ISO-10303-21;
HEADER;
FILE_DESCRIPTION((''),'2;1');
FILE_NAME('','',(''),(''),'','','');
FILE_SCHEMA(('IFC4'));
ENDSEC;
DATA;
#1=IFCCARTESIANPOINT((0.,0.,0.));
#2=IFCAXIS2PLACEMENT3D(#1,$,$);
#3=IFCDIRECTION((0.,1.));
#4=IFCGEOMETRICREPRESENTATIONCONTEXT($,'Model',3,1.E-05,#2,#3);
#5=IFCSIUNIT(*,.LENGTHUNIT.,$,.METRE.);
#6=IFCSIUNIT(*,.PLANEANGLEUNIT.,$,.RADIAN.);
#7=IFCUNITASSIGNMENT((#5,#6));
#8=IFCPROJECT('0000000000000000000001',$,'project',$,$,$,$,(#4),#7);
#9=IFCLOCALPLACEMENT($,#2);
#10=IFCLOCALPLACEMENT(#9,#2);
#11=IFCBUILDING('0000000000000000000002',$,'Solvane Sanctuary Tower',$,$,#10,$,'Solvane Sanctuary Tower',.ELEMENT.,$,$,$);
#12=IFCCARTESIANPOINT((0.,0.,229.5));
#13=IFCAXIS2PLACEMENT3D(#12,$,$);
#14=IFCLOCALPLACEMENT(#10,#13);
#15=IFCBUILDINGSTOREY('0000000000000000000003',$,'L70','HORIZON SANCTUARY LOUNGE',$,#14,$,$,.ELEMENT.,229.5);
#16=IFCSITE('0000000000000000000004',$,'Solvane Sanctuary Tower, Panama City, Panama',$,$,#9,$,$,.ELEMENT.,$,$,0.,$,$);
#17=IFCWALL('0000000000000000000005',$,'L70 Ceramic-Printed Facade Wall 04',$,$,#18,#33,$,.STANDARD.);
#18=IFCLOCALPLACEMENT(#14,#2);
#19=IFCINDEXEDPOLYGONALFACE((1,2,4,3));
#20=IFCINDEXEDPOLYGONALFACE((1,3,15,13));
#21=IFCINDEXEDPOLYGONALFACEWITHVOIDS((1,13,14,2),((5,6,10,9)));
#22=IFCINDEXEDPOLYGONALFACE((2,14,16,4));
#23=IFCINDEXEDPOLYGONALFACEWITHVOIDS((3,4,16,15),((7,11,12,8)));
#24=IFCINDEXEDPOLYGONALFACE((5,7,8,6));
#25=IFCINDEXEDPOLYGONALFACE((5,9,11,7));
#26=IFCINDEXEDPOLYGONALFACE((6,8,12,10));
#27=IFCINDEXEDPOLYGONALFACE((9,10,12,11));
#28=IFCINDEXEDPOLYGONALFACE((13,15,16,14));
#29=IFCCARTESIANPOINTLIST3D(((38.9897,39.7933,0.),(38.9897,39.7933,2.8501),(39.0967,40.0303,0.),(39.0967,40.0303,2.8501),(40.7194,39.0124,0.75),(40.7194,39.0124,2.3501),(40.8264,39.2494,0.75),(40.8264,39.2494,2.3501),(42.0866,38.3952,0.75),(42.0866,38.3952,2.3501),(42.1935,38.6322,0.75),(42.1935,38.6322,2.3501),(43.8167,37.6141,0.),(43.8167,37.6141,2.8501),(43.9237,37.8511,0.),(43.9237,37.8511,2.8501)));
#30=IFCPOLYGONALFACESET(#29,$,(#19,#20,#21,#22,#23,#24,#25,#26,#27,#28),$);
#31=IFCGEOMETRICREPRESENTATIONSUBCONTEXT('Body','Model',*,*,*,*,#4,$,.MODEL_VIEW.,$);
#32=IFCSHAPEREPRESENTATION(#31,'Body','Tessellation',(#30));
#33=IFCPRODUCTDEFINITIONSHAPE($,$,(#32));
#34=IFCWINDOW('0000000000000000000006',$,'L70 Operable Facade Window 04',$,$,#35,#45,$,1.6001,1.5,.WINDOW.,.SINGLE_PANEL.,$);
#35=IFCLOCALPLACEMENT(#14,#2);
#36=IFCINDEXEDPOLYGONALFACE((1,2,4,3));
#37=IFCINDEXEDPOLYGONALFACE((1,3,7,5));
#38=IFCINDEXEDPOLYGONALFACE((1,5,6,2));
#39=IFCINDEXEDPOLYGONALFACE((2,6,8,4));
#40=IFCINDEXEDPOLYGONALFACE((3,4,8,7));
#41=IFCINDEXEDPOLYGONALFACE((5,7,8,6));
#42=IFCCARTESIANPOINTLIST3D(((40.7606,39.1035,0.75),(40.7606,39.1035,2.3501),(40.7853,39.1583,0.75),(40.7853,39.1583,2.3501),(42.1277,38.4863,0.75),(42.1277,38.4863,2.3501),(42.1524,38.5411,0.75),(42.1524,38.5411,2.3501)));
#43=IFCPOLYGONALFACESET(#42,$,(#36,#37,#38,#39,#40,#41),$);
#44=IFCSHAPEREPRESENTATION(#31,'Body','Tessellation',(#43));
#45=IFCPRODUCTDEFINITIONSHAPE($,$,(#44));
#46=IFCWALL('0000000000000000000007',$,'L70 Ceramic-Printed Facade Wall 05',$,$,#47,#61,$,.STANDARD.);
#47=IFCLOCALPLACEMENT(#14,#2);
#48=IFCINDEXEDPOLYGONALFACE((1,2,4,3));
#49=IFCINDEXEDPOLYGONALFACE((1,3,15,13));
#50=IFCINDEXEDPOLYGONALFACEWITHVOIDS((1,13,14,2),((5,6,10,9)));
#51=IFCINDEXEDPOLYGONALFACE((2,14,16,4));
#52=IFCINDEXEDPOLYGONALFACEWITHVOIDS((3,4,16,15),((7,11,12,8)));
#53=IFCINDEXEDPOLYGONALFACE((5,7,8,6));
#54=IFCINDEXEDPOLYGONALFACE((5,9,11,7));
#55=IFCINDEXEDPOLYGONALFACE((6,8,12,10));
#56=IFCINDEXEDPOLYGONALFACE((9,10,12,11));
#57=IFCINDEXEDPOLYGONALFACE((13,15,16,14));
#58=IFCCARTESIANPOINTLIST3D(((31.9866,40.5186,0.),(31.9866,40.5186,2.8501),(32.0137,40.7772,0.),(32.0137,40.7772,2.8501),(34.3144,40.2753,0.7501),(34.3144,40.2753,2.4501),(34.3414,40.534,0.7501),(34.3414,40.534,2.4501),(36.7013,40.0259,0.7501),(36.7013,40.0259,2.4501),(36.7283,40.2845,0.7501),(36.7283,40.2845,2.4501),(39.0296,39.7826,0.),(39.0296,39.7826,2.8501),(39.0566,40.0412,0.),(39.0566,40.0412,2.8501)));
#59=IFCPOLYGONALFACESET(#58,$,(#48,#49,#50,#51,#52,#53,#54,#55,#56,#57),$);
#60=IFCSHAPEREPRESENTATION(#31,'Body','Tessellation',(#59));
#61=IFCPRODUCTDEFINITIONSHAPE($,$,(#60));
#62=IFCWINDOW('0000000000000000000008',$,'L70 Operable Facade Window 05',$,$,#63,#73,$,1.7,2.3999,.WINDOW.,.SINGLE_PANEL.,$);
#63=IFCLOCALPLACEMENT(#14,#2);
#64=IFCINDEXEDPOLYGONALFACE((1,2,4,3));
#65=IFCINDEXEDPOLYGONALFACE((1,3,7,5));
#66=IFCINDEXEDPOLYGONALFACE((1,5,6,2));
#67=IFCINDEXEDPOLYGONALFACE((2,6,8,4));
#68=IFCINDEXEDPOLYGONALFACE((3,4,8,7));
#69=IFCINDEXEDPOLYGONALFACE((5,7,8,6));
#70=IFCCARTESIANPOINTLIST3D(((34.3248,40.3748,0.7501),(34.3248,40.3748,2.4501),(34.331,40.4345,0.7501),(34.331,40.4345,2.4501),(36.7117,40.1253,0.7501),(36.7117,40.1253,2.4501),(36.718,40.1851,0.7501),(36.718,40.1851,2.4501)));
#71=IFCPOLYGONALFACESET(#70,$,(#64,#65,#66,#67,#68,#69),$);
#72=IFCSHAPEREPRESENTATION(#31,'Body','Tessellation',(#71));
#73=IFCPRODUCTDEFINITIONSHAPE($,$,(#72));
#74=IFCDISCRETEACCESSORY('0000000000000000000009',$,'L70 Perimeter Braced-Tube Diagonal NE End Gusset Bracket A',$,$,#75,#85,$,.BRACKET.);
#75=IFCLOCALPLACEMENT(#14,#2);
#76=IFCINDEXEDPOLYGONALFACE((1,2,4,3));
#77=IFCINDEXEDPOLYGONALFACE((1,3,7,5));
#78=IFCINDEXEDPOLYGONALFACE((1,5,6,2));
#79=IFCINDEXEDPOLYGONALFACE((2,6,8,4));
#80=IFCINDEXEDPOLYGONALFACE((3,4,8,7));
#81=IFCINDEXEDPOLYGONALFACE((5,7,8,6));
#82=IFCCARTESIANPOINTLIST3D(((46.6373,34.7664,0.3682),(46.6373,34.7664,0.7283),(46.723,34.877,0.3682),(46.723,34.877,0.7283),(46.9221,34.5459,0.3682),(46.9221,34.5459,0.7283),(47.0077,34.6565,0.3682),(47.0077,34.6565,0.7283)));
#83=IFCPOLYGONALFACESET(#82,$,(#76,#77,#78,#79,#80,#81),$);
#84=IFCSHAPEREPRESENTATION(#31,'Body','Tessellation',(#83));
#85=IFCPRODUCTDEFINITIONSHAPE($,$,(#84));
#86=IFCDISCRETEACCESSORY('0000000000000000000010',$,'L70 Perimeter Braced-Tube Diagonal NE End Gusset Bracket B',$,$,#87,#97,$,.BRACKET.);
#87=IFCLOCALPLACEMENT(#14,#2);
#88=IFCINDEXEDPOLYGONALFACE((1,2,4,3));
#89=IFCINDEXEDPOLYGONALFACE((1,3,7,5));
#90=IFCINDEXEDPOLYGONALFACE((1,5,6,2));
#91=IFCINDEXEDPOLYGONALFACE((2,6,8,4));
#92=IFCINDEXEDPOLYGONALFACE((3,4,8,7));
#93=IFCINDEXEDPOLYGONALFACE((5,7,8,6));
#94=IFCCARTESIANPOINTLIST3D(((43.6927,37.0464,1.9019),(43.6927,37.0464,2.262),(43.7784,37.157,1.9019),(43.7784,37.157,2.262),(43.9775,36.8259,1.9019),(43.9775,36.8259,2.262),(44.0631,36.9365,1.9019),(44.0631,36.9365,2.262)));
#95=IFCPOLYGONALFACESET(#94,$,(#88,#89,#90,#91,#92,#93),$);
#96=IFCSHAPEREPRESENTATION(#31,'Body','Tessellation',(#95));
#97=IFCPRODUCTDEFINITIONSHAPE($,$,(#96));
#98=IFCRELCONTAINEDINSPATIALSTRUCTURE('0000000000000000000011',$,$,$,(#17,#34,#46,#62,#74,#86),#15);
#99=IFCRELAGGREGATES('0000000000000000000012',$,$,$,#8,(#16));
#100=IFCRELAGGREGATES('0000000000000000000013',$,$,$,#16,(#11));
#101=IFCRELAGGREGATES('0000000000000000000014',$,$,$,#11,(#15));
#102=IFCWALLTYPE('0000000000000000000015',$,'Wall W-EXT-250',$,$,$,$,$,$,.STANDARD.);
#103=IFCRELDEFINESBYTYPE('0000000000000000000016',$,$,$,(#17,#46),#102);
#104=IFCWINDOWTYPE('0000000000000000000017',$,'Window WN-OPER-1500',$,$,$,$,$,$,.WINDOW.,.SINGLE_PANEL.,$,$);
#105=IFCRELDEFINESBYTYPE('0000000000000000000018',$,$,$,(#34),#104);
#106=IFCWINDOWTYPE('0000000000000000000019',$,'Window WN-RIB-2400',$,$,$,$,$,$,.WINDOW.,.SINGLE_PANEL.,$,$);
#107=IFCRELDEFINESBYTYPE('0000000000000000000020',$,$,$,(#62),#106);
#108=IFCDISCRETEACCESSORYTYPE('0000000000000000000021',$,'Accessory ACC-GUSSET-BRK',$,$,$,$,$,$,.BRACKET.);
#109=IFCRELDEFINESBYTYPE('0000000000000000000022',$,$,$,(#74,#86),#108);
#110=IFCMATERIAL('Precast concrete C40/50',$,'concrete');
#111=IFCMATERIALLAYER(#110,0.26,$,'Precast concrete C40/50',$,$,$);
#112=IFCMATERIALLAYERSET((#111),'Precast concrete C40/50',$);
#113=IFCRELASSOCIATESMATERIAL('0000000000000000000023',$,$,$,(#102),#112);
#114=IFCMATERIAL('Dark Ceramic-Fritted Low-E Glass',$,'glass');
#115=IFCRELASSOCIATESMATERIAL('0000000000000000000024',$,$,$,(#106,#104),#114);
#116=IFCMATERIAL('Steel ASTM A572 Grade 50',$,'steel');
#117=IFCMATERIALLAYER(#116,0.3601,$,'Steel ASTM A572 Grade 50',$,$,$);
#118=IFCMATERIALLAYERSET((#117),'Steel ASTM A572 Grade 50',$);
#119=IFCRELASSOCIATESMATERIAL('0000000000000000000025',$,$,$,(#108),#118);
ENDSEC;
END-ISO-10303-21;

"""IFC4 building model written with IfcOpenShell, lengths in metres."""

from ifc_helpers import new_model, si_unit, direction, frame, frame_2d, origin, origin_2d, place, context, subcontext, project, spatial, rectangle, extrude, material, layer, layer_set, type_object, element, fill, save


model = new_model("IFC4")

# Units and contexts
model_context = context("Model", 3, precision=1e-05, world=origin(), true_north=direction((0.0, 1.0)))
body_context = subcontext(model_context, "Body", "Model", "MODEL_VIEW")
ifc_project = project(units=[si_unit("LENGTHUNIT", "METRE"), si_unit("PLANEANGLEUNIT", "RADIAN")], contexts=[model_context])

# Site, building, storey
site_placement = place(None, origin())
site = spatial("IfcSite", under=ifc_project, at=site_placement, Name="Solvane Sanctuary Tower, Panama City, Panama", CompositionType="ELEMENT", RefElevation=0.0)
building_placement = place(site_placement, origin())
building = spatial("IfcBuilding", under=site, at=building_placement, Name="Solvane Sanctuary Tower", LongName="Solvane Sanctuary Tower", CompositionType="ELEMENT")
storey_placement = place(building_placement, frame((0.0, 0.0, 229.5)))
storey = spatial("IfcBuildingStorey", under=building, at=storey_placement, Name="L70", Description="HORIZON SANCTUARY LOUNGE", CompositionType="ELEMENT", Elevation=229.5)

# Shared definitions
ifc_material_1 = material(Name="Precast concrete C40/50", Category="concrete")
ifc_layer_1 = layer(ifc_material_1, 0.26, Name="Precast concrete C40/50")
ifc_layer_set_1 = layer_set([ifc_layer_1], Name="Precast concrete C40/50")
wall_type_1 = type_object("IfcWallType", Name="Wall W-EXT-250", PredefinedType="STANDARD", material=ifc_layer_set_1)
ifc_material_2 = material(Name="Dark Ceramic-Fritted Low-E Glass", Category="glass")
window_type_1 = type_object("IfcWindowType", Name="Window WN-RIB-2400", PartitioningType="SINGLE_PANEL", PredefinedType="WINDOW", material=ifc_material_2)

# Walls, openings, windows
wall_1_placement = place(storey_placement, frame((43.8701, 37.7327, 0.0), z_axis=(0.0, 0.0, 1.0), x_axis=(-0.911427, 0.411461, 0.0)))
wall_1 = element("IfcWall", 1, at=wall_1_placement, inside=storey, type_object=wall_type_1, Name="L70 Ceramic-Printed Facade Wall 04", PredefinedType="STANDARD", context=body_context, shape_type="SweptSolid", body=[
    extrude(rectangle(XDim=5.2961, YDim=0.26, at=frame_2d((2.6479, 0.0))), origin(), (0.0, 0.0, 1.0), 2.8501),
])
opening_1_placement = place(wall_1_placement, frame((1.8982, 0.0, 0.75)))
opening_1 = element("IfcOpeningElement", 2, at=opening_1_placement, cuts=wall_1, PredefinedType="OPENING", context=body_context, shape_type="SweptSolid", body=[
    extrude(rectangle(XDim=1.5, YDim=1.6001, at=frame_2d((0.75, 0.8))), frame((0.0, 0.1399, 0.0), z_axis=(0.0, -1.0, 0.0), x_axis=(1.0, 0.0, 0.0)), (0.0, 0.0, 1.0), 0.28),
])
window_type_2 = type_object("IfcWindowType", Name="Window WN-OPER-1500", PartitioningType="SINGLE_PANEL", PredefinedType="WINDOW", material=ifc_material_2)
window_1_placement = place(opening_1_placement, origin())
window_1 = element("IfcWindow", 3, at=window_1_placement, inside=storey, type_object=window_type_2, Name="L70 Operable Facade Window 04", OverallHeight=1.6001, OverallWidth=1.5, PartitioningType="SINGLE_PANEL", PredefinedType="WINDOW", context=body_context, shape_type="SweptSolid", body=[
    extrude(rectangle(XDim=1.5, YDim=1.6001, at=frame_2d((0.75, 0.8))), frame((0.0, 0.03, 0.0), z_axis=(0.0, -1.0, 0.0), x_axis=(1.0, 0.0, 0.0)), (0.0, 0.0, 1.0), 0.0601),
])
fill(opening_1, window_1)
wall_2_placement = place(storey_placement, frame((39.043, 39.9119, 0.0), z_axis=(0.0, 0.0, 1.0), x_axis=(-0.994583, 0.103947, 0.0)))
wall_2 = element("IfcWall", 4, at=wall_2_placement, inside=storey, type_object=wall_type_1, Name="L70 Ceramic-Printed Facade Wall 05", PredefinedType="STANDARD", context=body_context, shape_type="SweptSolid", body=[
    extrude(rectangle(XDim=7.0813, YDim=0.26, at=frame_2d((3.5405, 0.0))), origin(), (0.0, 0.0, 1.0), 2.8501),
])
opening_2_placement = place(wall_2_placement, frame((2.3408, 0.0, 0.75)))
opening_2 = element("IfcOpeningElement", 5, at=opening_2_placement, cuts=wall_2, PredefinedType="OPENING", context=body_context, shape_type="SweptSolid", body=[
    extrude(rectangle(XDim=2.3999, YDim=1.7, at=frame_2d((1.2, 0.8501))), frame((0.0, 0.1399, 0.0), z_axis=(0.0, -1.0, 0.0), x_axis=(1.0, 0.0, 0.0)), (0.0, 0.0, 1.0), 0.28),
])
window_2_placement = place(opening_2_placement, origin())
window_2 = element("IfcWindow", 6, at=window_2_placement, inside=storey, type_object=window_type_1, Name="L70 Operable Facade Window 05", OverallHeight=1.7, OverallWidth=2.3999, PartitioningType="SINGLE_PANEL", PredefinedType="WINDOW", context=body_context, shape_type="SweptSolid", body=[
    extrude(rectangle(XDim=2.3999, YDim=1.7, at=frame_2d((1.2, 0.8501))), frame((0.0, 0.03, 0.0), z_axis=(0.0, -1.0, 0.0), x_axis=(1.0, 0.0, 0.0)), (0.0, 0.0, 1.0), 0.0601),
])
fill(opening_2, window_2)

# Discrete accessories
ifc_material_3 = material(Name="Steel ASTM A572 Grade 50", Category="steel")
ifc_layer_2 = layer(ifc_material_3, 0.3601, Name="Steel ASTM A572 Grade 50")
ifc_layer_set_2 = layer_set([ifc_layer_2], Name="Steel ASTM A572 Grade 50")
discrete_accessory_type = type_object("IfcDiscreteAccessoryType", Name="Accessory ACC-GUSSET-BRK", PredefinedType="BRACKET", material=ifc_layer_set_2)
for number, where, z_axis, x_axis, name in (
    (7, (46.8225, 34.7114, 0.3682), (0.0, 0.0, 1.0), (-0.79069, 0.612217, 0.0), "L70 Perimeter Braced-Tube Diagonal NE End Gusset Bracket A"),
    (8, (43.8779, 36.9915, 1.9019), (0.0, 0.0, 1.0), (-0.79069, 0.612217, 0.0), "L70 Perimeter Braced-Tube Diagonal NE End Gusset Bracket B"),
):
    element("IfcDiscreteAccessory", number, at=place(storey_placement, frame(where, z_axis=z_axis, x_axis=x_axis)), inside=storey, type_object=discrete_accessory_type, Name=name, PredefinedType="BRACKET", context=body_context, shape_type="SweptSolid", body=[
        extrude(rectangle(XDim=0.3601, YDim=0.1399, at=origin_2d()), origin(), (0.0, 0.0, 1.0), 0.3601),
    ])

save(model, "model.ifc")
